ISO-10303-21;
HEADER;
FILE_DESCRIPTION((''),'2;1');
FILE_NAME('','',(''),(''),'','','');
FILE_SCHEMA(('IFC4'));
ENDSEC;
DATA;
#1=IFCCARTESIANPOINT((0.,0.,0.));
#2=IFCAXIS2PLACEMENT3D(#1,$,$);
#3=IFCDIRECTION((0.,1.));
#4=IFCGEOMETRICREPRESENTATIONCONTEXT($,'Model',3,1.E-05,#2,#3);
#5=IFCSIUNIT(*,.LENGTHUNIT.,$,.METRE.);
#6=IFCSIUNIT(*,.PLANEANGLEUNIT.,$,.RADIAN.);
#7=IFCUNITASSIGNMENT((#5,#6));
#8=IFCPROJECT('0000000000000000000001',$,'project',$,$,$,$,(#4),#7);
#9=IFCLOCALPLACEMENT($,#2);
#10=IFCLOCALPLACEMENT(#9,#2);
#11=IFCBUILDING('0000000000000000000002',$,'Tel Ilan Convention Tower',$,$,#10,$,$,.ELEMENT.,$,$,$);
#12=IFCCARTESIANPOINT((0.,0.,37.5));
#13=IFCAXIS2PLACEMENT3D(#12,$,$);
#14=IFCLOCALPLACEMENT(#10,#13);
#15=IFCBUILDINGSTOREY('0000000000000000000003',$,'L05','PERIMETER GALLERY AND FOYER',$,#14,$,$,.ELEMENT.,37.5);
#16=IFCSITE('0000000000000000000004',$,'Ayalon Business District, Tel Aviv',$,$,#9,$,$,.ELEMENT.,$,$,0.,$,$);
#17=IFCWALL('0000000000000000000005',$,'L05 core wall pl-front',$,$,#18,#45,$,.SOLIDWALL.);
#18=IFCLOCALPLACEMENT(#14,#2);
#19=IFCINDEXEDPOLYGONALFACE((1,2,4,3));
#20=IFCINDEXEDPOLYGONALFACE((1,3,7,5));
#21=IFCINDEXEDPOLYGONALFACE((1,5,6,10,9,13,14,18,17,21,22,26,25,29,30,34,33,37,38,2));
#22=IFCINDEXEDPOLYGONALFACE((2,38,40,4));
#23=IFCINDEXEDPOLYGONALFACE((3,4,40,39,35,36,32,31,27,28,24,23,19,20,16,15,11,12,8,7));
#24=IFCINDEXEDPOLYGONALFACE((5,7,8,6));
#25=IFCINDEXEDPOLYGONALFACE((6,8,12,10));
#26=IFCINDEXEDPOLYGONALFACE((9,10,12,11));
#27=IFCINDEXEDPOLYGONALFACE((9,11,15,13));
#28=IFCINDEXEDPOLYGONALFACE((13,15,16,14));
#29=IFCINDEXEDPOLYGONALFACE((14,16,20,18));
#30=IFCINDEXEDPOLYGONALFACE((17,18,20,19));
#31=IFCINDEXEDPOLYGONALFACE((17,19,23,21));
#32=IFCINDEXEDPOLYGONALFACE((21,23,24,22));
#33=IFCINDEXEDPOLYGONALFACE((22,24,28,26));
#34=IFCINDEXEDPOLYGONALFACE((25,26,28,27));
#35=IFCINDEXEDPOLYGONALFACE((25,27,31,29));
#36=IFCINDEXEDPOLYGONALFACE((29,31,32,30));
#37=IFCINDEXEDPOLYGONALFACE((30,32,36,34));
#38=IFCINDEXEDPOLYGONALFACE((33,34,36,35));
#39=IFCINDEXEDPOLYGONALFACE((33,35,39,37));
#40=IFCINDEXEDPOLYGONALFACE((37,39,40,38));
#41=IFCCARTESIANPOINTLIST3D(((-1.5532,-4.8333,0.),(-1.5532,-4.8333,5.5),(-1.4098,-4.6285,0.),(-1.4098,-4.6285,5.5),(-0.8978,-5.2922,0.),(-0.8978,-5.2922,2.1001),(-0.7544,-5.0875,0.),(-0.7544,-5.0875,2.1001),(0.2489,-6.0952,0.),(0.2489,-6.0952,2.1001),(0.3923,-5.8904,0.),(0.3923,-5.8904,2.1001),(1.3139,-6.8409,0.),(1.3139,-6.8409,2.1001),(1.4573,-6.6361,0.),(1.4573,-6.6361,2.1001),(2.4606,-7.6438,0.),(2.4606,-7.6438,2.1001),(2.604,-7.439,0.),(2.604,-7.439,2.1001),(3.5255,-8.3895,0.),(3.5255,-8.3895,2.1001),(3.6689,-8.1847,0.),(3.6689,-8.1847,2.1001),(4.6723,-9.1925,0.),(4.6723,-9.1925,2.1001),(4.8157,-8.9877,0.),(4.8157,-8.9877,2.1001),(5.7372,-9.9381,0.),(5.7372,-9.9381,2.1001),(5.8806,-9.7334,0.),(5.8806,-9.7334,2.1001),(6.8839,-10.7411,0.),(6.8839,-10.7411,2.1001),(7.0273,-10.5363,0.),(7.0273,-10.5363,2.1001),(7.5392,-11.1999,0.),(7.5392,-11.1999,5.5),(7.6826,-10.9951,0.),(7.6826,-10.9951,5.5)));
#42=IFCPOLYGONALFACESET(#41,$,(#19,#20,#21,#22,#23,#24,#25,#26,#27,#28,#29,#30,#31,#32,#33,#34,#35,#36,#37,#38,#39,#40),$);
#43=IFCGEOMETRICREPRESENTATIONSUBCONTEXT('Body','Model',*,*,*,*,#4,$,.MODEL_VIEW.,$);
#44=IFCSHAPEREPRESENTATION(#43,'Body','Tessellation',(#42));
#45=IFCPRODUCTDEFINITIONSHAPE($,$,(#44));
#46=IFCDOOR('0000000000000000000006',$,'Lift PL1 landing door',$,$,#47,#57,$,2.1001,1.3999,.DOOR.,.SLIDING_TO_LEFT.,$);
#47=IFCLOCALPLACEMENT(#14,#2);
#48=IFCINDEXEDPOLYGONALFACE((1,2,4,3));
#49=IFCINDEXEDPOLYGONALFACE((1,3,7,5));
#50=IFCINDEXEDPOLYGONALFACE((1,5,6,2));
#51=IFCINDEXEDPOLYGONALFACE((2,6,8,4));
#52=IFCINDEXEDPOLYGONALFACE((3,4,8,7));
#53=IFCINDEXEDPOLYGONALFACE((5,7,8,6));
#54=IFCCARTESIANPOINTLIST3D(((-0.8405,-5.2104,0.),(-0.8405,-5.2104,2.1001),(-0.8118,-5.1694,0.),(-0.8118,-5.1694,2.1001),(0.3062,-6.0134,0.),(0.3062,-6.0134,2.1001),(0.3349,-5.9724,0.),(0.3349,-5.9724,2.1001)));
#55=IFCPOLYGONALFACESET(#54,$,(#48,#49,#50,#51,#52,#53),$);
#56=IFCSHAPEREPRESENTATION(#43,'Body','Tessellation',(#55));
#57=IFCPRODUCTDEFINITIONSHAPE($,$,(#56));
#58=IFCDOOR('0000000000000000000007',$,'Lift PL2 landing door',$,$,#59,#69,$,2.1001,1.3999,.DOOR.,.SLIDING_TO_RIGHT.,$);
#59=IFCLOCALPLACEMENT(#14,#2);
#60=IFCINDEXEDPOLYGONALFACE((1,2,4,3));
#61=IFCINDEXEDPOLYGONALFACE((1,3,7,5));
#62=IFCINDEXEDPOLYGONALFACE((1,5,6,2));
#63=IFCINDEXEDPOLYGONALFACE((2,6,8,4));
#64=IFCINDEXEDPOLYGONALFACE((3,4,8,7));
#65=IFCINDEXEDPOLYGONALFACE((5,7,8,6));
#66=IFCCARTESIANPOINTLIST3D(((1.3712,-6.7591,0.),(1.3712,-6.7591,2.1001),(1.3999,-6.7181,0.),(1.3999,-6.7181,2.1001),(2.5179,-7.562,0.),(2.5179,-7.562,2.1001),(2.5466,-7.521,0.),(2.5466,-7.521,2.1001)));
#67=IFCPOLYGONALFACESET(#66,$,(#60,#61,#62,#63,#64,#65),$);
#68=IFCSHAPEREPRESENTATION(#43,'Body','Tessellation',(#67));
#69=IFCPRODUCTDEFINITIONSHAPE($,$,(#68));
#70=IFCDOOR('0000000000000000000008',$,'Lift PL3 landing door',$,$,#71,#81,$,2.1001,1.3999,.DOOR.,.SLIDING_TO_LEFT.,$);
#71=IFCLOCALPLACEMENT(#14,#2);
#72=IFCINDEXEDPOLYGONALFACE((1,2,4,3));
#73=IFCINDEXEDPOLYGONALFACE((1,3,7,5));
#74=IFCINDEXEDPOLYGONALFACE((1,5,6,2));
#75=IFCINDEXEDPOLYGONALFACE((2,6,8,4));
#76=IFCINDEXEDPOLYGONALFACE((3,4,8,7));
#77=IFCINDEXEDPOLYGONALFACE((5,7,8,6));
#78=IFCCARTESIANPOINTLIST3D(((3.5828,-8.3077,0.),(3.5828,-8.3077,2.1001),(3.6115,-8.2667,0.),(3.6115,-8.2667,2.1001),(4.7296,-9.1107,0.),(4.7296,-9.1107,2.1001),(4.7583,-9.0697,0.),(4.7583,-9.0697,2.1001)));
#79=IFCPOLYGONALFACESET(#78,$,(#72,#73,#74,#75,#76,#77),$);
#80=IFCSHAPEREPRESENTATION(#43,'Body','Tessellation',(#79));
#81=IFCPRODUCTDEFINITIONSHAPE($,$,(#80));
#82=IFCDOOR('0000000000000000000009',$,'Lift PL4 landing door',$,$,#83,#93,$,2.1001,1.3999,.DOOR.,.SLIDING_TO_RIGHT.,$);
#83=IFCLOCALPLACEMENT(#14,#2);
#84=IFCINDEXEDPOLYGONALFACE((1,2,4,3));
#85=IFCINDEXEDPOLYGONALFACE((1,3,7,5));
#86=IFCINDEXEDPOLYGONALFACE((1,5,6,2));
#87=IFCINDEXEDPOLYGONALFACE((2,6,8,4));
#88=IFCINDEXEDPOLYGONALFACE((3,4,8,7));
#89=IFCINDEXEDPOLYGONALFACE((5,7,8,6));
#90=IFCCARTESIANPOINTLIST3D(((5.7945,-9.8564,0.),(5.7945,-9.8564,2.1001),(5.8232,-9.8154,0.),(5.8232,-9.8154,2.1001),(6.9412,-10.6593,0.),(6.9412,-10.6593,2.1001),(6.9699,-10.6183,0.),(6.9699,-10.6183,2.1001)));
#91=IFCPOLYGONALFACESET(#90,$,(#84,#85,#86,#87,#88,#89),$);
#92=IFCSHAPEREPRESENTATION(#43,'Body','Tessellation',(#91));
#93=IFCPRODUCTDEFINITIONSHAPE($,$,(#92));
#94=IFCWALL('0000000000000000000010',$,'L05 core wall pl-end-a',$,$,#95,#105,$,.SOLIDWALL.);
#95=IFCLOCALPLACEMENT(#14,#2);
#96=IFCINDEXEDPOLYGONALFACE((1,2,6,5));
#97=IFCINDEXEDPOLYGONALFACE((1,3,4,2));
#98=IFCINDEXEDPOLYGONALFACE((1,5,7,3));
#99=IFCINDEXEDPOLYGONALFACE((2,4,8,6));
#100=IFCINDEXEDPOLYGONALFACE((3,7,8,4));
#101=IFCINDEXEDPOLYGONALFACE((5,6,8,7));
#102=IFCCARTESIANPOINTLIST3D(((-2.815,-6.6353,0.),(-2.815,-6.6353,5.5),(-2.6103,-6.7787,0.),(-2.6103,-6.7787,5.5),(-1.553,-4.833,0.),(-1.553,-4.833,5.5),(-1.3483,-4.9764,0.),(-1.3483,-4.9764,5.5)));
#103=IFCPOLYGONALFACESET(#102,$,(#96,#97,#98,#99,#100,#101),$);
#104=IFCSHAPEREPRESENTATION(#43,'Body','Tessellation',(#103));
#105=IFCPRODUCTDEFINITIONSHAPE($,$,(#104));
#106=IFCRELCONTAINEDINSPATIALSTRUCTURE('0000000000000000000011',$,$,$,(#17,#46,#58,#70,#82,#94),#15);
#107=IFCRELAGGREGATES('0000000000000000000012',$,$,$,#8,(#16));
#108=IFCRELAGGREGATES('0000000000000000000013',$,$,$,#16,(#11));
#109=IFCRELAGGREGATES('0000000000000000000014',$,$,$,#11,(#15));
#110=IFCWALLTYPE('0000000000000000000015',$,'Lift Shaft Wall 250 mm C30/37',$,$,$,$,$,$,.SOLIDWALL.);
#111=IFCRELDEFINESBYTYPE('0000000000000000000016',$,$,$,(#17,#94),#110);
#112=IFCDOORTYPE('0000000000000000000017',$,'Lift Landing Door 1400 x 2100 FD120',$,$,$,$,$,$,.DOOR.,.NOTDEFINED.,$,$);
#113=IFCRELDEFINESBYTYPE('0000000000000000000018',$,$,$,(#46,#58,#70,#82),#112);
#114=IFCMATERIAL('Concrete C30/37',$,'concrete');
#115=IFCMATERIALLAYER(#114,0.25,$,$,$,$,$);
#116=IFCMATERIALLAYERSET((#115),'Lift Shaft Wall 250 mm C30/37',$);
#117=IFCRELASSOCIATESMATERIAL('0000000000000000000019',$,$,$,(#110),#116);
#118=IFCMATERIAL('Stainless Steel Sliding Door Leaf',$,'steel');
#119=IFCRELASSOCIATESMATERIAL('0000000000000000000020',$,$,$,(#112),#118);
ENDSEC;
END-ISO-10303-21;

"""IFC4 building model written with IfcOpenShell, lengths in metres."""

from ifc_helpers import new_model, si_unit, direction, frame, frame_2d, origin, place, context, subcontext, project, spatial, rectangle, extrude, material, layer, layer_set, type_object, element, fill, save


model = new_model("IFC4")

# Units and contexts
model_context = context("Model", 3, precision=1e-05, world=origin(), true_north=direction((0.0, 1.0)))
body_context = subcontext(model_context, "Body", "Model", "MODEL_VIEW")
ifc_project = project(units=[si_unit("LENGTHUNIT", "METRE"), si_unit("PLANEANGLEUNIT", "RADIAN")], contexts=[model_context])

# Site, building, storey
site_placement = place(None, origin())
site = spatial("IfcSite", under=ifc_project, at=site_placement, Name="Ayalon Business District, Tel Aviv", CompositionType="ELEMENT", RefElevation=0.0)
building_placement = place(site_placement, origin())
building = spatial("IfcBuilding", under=site, at=building_placement, Name="Tel Ilan Convention Tower", CompositionType="ELEMENT")
storey_placement = place(building_placement, frame((0.0, 0.0, 37.5)))
storey = spatial("IfcBuildingStorey", under=building, at=storey_placement, Name="L05", Description="PERIMETER GALLERY AND FOYER", CompositionType="ELEMENT", Elevation=37.5)

# Shared definitions
ifc_material_1 = material(Name="Concrete C30/37", Category="concrete")
ifc_layer_1 = layer(ifc_material_1, 0.25)
ifc_layer_set_1 = layer_set([ifc_layer_1], Name="Lift Shaft Wall 250 mm C30/37")
wall_type_1 = type_object("IfcWallType", Name="Lift Shaft Wall 250 mm C30/37", PredefinedType="SOLIDWALL", material=ifc_layer_set_1)

# Wall, openings, doors
wall_1_placement = place(storey_placement, frame((-1.4814, -4.731, 0.0), z_axis=(0.0, 0.0, 1.0), x_axis=(0.81915, -0.573579, 0.0)))
wall_1 = element("IfcWall", 1, at=wall_1_placement, inside=storey, type_object=wall_type_1, Name="L05 core wall pl-front", PredefinedType="SOLIDWALL", context=body_context, shape_type="SweptSolid", body=[
    extrude(rectangle(XDim=11.0999, YDim=0.25, at=frame_2d((5.5498, 0.0))), origin(), (0.0, 0.0, 1.0), 5.5),
])
opening_1_placement = place(wall_1_placement, frame((0.8, 0.0, 0.0)))
opening_1 = element("IfcOpeningElement", 2, at=opening_1_placement, cuts=wall_1, PredefinedType="OPENING", context=body_context, shape_type="SweptSolid", body=[
    extrude(rectangle(XDim=1.3999, YDim=2.1001, at=frame_2d((0.7, 1.05))), frame((0.0, 0.135, 0.0), z_axis=(0.0, -1.0, 0.0), x_axis=(1.0, 0.0, 0.0)), (0.0, 0.0, 1.0), 0.27),
])
opening_2_placement = place(wall_1_placement, frame((3.5, 0.0, 0.0)))
opening_2 = element("IfcOpeningElement", 3, at=opening_2_placement, cuts=wall_1, PredefinedType="OPENING", context=body_context, shape_type="SweptSolid", body=[
    extrude(rectangle(XDim=1.3999, YDim=2.1001, at=frame_2d((0.7, 1.05))), frame((0.0, 0.135, 0.0), z_axis=(0.0, -1.0, 0.0), x_axis=(1.0, 0.0, 0.0)), (0.0, 0.0, 1.0), 0.27),
])
opening_3_placement = place(wall_1_placement, frame((6.2, 0.0, 0.0)))
opening_3 = element("IfcOpeningElement", 4, at=opening_3_placement, cuts=wall_1, PredefinedType="OPENING", context=body_context, shape_type="SweptSolid", body=[
    extrude(rectangle(XDim=1.3999, YDim=2.1001, at=frame_2d((0.7, 1.05))), frame((0.0, 0.135, 0.0), z_axis=(0.0, -1.0, 0.0), x_axis=(1.0, 0.0, 0.0)), (0.0, 0.0, 1.0), 0.27),
])
opening_4_placement = place(wall_1_placement, frame((8.8999, 0.0, 0.0)))
opening_4 = element("IfcOpeningElement", 5, at=opening_4_placement, cuts=wall_1, PredefinedType="OPENING", context=body_context, shape_type="SweptSolid", body=[
    extrude(rectangle(XDim=1.3999, YDim=2.1001, at=frame_2d((0.7, 1.05))), frame((0.0, 0.135, 0.0), z_axis=(0.0, -1.0, 0.0), x_axis=(1.0, 0.0, 0.0)), (0.0, 0.0, 1.0), 0.27),
])
ifc_material_2 = material(Name="Stainless Steel Sliding Door Leaf", Category="steel")
door_type_1 = type_object("IfcDoorType", Name="Lift Landing Door 1400 x 2100 FD120", OperationType="NOTDEFINED", PredefinedType="DOOR", material=ifc_material_2)
door_1_placement = place(opening_1_placement, origin())
door_1 = element("IfcDoor", 6, at=door_1_placement, inside=storey, type_object=door_type_1, Name="Lift PL1 landing door", OperationType="SLIDING_TO_LEFT", OverallHeight=2.1001, OverallWidth=1.3999, PredefinedType="DOOR", context=body_context, shape_type="SweptSolid", body=[
    extrude(rectangle(XDim=1.3999, YDim=2.1001, at=frame_2d((0.7, 1.05))), frame((0.0, 0.0249, 0.0), z_axis=(0.0, -1.0, 0.0), x_axis=(1.0, 0.0, 0.0)), (0.0, 0.0, 1.0), 0.05),
])
fill(opening_1, door_1)
door_2_placement = place(opening_2_placement, origin())
door_2 = element("IfcDoor", 7, at=door_2_placement, inside=storey, type_object=door_type_1, Name="Lift PL2 landing door", OperationType="SLIDING_TO_RIGHT", OverallHeight=2.1001, OverallWidth=1.3999, PredefinedType="DOOR", context=body_context, shape_type="SweptSolid", body=[
    extrude(rectangle(XDim=1.3999, YDim=2.1001, at=frame_2d((0.7, 1.05))), frame((0.0, 0.0249, 0.0), z_axis=(0.0, -1.0, 0.0), x_axis=(1.0, 0.0, 0.0)), (0.0, 0.0, 1.0), 0.05),
])
fill(opening_2, door_2)
door_3_placement = place(opening_3_placement, origin())
door_3 = element("IfcDoor", 8, at=door_3_placement, inside=storey, type_object=door_type_1, Name="Lift PL3 landing door", OperationType="SLIDING_TO_LEFT", OverallHeight=2.1001, OverallWidth=1.3999, PredefinedType="DOOR", context=body_context, shape_type="SweptSolid", body=[
    extrude(rectangle(XDim=1.3999, YDim=2.1001, at=frame_2d((0.7, 1.05))), frame((0.0, 0.0249, 0.0), z_axis=(0.0, -1.0, 0.0), x_axis=(1.0, 0.0, 0.0)), (0.0, 0.0, 1.0), 0.05),
])
fill(opening_3, door_3)
door_4_placement = place(opening_4_placement, origin())
door_4 = element("IfcDoor", 9, at=door_4_placement, inside=storey, type_object=door_type_1, Name="Lift PL4 landing door", OperationType="SLIDING_TO_RIGHT", OverallHeight=2.1001, OverallWidth=1.3999, PredefinedType="DOOR", context=body_context, shape_type="SweptSolid", body=[
    extrude(rectangle(XDim=1.3999, YDim=2.1001, at=frame_2d((0.7, 1.05))), frame((0.0, 0.0249, 0.0), z_axis=(0.0, -1.0, 0.0), x_axis=(1.0, 0.0, 0.0)), (0.0, 0.0, 1.0), 0.05),
])
fill(opening_4, door_4)

# Wall
wall_2_placement = place(storey_placement, frame((-2.7126, -6.707, 0.0), z_axis=(0.0, 0.0, 1.0), x_axis=(0.573581, 0.819149, 0.0)))
element("IfcWall", 10, at=wall_2_placement, inside=storey, type_object=wall_type_1, Name="L05 core wall pl-end-a", PredefinedType="SOLIDWALL", context=body_context, shape_type="SweptSolid", body=[
    extrude(rectangle(XDim=2.2002, YDim=0.25, at=frame_2d((1.1001, 0.0))), origin(), (0.0, 0.0, 1.0), 5.5),
])

save(model, "model.ifc")
